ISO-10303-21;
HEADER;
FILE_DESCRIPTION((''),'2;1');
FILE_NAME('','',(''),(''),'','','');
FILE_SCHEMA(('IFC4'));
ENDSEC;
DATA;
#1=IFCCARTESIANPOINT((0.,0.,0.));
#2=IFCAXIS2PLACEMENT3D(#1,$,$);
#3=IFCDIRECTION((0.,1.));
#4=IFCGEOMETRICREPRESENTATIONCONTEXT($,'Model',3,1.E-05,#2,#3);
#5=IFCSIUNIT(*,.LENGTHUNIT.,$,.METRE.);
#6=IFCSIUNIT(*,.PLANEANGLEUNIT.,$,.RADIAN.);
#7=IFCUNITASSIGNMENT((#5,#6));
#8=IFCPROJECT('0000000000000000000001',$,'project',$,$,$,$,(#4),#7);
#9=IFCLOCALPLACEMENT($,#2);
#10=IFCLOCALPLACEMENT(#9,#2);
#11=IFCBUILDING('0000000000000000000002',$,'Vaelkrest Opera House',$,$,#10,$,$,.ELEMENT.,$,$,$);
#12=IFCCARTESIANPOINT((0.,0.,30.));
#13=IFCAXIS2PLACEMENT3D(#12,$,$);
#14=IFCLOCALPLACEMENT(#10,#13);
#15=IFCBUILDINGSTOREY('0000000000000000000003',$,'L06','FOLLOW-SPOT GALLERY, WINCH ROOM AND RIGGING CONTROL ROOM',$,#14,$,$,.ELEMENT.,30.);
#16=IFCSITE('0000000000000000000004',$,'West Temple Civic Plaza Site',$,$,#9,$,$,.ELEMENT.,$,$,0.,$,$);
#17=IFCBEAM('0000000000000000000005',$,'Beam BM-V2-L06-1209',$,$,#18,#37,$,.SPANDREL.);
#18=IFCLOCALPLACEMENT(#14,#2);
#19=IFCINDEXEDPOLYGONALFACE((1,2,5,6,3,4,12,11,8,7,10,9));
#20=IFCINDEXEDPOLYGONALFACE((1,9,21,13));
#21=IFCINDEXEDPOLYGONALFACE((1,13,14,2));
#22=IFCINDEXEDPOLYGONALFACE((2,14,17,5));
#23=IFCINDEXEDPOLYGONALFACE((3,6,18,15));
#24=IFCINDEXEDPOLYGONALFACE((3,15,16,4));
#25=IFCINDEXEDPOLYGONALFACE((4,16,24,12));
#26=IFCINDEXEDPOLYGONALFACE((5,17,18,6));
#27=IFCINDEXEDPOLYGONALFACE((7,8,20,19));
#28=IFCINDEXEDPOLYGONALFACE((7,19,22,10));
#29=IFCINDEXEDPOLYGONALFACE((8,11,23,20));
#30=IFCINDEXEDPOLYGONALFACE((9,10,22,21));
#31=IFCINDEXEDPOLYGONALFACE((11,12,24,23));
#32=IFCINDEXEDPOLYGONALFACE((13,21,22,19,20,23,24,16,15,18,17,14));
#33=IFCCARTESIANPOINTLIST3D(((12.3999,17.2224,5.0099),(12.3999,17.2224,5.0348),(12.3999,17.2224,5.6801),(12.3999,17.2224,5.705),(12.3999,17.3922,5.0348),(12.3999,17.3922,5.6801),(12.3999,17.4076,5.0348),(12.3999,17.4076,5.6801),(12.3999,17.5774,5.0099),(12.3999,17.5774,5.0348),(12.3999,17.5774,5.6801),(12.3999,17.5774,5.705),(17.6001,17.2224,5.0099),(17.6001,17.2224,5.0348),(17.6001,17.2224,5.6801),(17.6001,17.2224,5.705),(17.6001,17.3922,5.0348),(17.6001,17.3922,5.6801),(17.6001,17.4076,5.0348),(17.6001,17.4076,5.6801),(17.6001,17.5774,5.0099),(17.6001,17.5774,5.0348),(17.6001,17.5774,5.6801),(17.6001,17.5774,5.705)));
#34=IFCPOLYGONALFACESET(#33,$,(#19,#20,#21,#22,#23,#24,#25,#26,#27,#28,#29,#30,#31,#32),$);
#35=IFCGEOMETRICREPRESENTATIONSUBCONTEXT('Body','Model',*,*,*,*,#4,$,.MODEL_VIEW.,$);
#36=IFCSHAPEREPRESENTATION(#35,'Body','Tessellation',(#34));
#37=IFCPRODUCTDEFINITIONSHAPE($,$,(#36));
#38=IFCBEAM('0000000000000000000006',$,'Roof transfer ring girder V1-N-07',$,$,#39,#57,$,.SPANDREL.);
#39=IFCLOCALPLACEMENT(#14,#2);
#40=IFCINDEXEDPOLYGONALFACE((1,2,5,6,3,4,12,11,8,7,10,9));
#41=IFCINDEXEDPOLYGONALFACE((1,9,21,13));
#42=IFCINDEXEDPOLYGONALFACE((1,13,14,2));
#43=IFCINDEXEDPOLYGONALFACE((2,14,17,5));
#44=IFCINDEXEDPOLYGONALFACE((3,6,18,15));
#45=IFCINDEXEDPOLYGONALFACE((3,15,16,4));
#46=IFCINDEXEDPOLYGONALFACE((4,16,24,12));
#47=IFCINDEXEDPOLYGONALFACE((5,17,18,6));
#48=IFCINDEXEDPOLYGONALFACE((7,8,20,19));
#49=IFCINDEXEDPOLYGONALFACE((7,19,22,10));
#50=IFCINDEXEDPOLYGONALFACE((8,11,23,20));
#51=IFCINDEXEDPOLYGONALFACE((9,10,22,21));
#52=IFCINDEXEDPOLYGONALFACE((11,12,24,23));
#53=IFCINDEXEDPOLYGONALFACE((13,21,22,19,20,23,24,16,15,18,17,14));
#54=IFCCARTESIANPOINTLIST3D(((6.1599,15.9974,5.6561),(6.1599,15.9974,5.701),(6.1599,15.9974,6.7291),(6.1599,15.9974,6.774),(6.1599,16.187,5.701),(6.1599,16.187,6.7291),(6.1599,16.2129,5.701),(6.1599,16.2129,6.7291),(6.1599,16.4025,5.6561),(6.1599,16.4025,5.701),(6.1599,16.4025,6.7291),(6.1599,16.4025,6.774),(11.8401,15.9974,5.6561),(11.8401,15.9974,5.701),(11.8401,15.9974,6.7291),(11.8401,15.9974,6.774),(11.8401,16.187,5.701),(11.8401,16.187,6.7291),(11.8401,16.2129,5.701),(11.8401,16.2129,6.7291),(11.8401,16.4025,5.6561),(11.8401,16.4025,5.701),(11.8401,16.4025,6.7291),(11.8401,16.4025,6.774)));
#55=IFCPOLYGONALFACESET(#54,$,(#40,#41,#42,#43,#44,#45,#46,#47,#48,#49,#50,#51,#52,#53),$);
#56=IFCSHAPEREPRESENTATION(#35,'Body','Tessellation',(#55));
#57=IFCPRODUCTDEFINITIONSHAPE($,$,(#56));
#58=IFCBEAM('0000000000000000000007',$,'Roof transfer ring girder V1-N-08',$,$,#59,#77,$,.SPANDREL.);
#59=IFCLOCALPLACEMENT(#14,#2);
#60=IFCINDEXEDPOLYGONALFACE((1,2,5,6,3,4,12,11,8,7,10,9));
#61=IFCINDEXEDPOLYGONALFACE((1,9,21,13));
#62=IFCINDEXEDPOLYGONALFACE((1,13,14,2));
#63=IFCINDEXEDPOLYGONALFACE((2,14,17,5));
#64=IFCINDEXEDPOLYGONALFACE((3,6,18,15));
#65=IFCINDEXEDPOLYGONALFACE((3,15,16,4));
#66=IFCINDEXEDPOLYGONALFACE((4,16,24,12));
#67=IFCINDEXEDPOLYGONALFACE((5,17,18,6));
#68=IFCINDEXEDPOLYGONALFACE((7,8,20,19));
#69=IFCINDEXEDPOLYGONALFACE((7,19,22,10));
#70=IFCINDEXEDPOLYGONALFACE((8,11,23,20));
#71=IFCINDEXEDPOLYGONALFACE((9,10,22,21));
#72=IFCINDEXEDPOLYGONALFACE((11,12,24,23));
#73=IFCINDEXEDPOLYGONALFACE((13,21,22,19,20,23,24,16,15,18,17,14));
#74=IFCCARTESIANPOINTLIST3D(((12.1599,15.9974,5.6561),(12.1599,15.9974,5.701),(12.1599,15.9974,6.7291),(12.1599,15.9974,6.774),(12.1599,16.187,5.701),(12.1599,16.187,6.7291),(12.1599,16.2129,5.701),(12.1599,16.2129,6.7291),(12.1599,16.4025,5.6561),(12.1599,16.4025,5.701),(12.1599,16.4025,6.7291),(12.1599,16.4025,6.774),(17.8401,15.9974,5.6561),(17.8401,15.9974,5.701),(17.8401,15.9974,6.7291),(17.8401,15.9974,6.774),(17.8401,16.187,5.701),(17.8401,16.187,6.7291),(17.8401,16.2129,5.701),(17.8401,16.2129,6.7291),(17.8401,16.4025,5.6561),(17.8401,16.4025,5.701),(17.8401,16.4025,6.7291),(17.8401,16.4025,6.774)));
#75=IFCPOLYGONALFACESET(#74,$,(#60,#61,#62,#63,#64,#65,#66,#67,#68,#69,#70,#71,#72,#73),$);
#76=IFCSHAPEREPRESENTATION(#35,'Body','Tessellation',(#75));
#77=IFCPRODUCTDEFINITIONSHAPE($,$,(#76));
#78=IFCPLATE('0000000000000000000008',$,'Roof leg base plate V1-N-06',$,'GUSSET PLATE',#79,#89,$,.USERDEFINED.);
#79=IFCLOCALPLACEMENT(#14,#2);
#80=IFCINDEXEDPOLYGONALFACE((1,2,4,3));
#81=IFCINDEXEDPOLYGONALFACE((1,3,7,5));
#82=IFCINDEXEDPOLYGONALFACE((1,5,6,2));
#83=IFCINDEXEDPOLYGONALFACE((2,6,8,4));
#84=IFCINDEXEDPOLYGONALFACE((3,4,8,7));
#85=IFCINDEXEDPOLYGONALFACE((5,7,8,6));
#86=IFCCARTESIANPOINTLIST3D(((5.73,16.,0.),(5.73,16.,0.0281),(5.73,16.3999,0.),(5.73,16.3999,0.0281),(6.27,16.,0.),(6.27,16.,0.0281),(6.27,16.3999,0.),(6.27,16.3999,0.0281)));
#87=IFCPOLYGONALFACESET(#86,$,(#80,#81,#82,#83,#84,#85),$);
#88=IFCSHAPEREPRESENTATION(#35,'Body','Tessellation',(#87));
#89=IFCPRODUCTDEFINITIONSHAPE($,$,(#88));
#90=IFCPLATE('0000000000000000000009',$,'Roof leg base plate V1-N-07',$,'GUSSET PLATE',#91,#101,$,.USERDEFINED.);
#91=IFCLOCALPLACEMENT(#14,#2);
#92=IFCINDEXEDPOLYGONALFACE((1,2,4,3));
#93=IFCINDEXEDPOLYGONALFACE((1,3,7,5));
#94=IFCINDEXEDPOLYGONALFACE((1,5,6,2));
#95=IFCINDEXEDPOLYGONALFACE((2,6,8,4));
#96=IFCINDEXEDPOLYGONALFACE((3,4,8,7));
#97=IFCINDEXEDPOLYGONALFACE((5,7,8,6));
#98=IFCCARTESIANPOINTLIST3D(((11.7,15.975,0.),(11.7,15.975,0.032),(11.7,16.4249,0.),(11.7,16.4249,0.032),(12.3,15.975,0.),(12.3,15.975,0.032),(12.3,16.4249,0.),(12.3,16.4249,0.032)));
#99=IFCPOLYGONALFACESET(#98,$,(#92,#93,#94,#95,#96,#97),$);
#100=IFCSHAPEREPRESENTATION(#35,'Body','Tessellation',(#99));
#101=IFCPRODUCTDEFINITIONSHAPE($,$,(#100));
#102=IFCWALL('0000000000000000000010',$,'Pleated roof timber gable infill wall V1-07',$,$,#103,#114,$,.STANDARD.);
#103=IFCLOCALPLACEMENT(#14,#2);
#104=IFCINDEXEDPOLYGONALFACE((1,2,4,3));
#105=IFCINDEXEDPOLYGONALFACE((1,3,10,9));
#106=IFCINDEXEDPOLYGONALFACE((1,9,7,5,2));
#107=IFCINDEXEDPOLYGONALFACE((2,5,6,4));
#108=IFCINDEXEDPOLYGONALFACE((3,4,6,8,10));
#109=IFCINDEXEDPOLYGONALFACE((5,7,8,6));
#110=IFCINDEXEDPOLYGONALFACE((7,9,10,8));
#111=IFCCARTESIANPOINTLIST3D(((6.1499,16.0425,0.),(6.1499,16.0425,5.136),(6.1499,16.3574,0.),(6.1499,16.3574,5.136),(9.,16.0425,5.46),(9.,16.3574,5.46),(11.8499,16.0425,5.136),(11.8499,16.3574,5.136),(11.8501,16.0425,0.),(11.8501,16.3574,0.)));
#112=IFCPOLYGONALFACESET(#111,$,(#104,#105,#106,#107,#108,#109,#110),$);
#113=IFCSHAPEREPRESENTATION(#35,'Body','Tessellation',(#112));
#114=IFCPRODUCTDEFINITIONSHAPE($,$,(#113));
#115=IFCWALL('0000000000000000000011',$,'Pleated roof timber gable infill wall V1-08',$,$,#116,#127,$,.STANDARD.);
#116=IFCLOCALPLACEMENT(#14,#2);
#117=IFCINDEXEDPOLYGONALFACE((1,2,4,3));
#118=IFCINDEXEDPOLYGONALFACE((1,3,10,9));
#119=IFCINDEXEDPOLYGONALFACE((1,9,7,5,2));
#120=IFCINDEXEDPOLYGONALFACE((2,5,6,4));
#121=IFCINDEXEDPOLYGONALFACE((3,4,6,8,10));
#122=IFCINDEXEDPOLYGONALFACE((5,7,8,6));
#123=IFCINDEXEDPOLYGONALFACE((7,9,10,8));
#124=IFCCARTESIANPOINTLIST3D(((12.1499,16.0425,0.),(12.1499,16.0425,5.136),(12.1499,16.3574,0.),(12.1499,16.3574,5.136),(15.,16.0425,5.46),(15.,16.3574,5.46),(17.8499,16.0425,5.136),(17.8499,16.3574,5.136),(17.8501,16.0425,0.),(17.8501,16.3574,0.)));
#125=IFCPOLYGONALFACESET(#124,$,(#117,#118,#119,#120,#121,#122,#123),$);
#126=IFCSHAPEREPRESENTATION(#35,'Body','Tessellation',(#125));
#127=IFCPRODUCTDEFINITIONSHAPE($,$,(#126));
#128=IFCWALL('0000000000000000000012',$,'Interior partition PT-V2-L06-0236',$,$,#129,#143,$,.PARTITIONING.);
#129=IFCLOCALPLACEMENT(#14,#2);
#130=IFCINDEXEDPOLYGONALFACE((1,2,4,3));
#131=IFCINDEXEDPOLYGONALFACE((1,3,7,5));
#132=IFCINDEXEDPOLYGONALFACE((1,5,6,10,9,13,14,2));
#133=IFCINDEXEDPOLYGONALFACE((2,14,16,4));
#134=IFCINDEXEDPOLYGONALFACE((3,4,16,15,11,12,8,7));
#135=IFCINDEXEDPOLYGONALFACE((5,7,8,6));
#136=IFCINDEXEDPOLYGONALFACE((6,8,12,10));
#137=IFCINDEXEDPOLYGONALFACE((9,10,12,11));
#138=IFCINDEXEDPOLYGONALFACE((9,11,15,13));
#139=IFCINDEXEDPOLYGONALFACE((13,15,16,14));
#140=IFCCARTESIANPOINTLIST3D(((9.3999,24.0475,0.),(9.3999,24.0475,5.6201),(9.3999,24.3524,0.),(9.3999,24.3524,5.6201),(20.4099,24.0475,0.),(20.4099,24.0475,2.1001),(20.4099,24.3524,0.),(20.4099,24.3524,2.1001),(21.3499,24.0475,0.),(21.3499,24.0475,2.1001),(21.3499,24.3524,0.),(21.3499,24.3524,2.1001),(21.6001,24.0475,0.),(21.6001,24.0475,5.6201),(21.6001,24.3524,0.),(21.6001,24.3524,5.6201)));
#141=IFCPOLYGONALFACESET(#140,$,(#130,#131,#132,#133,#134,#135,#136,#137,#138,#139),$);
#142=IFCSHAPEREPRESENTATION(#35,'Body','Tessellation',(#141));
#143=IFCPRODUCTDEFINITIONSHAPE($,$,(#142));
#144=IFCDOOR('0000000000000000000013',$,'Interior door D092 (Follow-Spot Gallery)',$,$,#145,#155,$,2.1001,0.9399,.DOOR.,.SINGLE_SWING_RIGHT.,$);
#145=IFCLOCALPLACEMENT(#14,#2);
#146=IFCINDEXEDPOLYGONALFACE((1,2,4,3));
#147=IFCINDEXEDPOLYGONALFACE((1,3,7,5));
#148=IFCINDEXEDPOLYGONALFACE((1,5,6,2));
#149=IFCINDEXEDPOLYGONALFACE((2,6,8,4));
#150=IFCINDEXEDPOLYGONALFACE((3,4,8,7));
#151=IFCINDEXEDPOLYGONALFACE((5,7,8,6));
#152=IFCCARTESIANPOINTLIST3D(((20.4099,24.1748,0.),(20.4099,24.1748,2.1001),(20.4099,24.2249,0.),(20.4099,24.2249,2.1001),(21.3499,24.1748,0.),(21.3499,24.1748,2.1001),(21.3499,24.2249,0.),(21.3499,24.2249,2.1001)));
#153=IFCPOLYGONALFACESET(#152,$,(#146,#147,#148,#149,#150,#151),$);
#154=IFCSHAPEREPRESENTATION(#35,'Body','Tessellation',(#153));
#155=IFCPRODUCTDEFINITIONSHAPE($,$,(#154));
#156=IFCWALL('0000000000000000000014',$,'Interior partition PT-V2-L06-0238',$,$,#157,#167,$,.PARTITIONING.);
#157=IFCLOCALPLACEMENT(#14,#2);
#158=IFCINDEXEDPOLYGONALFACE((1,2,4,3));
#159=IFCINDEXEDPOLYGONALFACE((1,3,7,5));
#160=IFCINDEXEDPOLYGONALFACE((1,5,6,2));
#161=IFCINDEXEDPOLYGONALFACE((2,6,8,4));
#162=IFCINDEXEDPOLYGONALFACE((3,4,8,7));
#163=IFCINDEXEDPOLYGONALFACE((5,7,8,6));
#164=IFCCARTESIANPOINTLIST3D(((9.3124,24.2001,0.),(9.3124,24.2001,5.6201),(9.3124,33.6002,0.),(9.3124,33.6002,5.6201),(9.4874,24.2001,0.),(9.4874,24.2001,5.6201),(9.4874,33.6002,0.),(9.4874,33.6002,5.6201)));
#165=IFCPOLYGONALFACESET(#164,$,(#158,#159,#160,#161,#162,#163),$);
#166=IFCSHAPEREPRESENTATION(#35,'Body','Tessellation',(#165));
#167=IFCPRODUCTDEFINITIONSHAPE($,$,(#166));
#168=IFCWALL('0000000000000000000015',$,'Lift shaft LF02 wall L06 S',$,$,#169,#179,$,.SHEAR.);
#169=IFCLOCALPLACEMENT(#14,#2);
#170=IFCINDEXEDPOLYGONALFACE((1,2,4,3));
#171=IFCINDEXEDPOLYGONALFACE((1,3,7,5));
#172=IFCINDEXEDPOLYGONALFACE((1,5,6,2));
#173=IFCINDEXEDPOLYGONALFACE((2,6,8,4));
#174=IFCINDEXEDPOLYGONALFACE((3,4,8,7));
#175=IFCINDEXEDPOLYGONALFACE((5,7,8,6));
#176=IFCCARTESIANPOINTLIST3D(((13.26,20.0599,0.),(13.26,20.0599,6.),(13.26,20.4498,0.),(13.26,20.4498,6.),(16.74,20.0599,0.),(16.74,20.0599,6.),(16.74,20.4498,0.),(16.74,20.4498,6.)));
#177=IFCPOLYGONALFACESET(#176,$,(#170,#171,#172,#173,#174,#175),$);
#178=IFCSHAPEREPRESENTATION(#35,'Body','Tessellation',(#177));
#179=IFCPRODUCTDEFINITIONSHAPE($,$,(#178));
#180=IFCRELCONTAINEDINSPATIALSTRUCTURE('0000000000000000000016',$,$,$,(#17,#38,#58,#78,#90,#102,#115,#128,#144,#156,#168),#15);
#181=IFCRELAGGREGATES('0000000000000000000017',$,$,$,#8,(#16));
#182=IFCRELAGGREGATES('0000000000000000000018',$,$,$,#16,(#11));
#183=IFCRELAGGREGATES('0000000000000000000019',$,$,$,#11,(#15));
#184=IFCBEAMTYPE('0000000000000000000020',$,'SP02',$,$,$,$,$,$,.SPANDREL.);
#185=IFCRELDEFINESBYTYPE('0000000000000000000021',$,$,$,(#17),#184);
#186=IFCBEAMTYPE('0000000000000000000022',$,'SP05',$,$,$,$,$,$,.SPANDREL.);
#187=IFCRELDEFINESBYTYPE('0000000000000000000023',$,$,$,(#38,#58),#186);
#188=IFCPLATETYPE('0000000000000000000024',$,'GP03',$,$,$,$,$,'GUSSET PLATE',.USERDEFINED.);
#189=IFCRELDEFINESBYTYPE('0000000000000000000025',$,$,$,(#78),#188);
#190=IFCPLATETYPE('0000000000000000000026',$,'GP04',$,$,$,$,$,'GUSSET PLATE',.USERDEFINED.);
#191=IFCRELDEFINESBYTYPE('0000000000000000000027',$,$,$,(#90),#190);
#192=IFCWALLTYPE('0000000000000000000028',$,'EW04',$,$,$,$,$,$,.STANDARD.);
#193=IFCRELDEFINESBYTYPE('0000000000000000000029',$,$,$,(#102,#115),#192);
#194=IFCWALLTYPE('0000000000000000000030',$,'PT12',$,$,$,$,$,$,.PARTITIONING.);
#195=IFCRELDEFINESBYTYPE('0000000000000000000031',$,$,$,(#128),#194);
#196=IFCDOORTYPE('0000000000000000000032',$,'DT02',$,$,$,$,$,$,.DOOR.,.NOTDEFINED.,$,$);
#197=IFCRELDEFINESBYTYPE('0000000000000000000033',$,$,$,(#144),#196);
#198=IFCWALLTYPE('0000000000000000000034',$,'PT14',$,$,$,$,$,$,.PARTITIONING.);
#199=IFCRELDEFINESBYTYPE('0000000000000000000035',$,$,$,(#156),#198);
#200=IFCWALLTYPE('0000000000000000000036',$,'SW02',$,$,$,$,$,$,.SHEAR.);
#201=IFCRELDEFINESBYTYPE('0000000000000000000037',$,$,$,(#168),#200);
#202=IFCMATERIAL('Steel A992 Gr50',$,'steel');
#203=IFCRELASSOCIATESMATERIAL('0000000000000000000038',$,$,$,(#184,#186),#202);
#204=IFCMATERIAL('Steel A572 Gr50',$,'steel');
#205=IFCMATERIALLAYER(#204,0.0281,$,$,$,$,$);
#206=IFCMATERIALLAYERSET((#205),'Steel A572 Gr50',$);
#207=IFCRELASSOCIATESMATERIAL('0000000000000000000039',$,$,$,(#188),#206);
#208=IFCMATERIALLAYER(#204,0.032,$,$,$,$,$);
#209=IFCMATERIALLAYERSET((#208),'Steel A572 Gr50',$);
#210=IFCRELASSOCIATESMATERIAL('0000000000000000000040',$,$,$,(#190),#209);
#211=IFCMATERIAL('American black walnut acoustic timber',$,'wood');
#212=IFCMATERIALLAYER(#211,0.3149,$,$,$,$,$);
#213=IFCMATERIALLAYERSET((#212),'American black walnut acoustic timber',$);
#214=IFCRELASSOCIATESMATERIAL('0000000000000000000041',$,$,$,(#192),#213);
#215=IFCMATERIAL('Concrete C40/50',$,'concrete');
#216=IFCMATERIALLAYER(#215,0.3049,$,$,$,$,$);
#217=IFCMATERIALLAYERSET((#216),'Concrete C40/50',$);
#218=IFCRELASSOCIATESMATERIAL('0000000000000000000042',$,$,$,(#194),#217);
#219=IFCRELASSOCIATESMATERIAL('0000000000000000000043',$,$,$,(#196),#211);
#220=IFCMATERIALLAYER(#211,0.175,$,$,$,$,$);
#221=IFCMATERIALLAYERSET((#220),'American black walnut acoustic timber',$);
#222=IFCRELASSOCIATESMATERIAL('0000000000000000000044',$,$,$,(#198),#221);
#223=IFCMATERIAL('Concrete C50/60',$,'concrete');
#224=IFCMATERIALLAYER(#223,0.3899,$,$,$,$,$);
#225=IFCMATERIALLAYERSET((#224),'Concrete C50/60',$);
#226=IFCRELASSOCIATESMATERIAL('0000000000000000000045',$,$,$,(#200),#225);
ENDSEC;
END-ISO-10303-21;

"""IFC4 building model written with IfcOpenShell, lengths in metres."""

from ifc_helpers import new_model, si_unit, direction, frame, frame_2d, origin, origin_2d, place, context, subcontext, project, spatial, polyline, rectangle, i_section, outline, extrude, material, layer, layer_set, material_profile, profile_set, type_object, element, fill, save


model = new_model("IFC4")

# Units and contexts
model_context = context("Model", 3, precision=1e-05, world=origin(), true_north=direction((0.0, 1.0)))
body_context = subcontext(model_context, "Body", "Model", "MODEL_VIEW")
ifc_project = project(units=[si_unit("LENGTHUNIT", "METRE"), si_unit("PLANEANGLEUNIT", "RADIAN")], contexts=[model_context])

# Site, building, storey
site_placement = place(None, origin())
site = spatial("IfcSite", under=ifc_project, at=site_placement, Name="West Temple Civic Plaza Site", CompositionType="ELEMENT", RefElevation=0.0)
building_placement = place(site_placement, origin())
building = spatial("IfcBuilding", under=site, at=building_placement, Name="Vaelkrest Opera House", CompositionType="ELEMENT")
storey_placement = place(building_placement, frame((0.0, 0.0, 30.0)))
storey = spatial("IfcBuildingStorey", under=building, at=storey_placement, Name="L06", Description="FOLLOW-SPOT GALLERY, WINCH ROOM AND RIGGING CONTROL ROOM", CompositionType="ELEMENT", Elevation=30.0)

# Shared definitions
ifc_material_1 = material(Name="Concrete C50/60", Category="concrete")

# Beams
ifc_material_2 = material(Name="Steel A992 Gr50", Category="steel")
ifc_material_profile_1 = material_profile(ifc_material_2, i_section(OverallWidth=0.355, OverallDepth=0.6951, WebThickness=0.0154, FlangeThickness=0.0249, at=origin_2d()), Name="W27X146")
ifc_profile_set_1 = profile_set([ifc_material_profile_1], Name="Steel A992 Gr50")
beam_type_1 = type_object("IfcBeamType", Name="SP02", PredefinedType="SPANDREL", material=ifc_profile_set_1)
beam_1_placement = place(storey_placement, frame((12.3999, 17.3999, 5.3574), z_axis=(1.0, 0.0, 0.0), x_axis=(0.0, 1.0, 0.0)))
element("IfcBeam", 1, at=beam_1_placement, inside=storey, type_object=beam_type_1, Name="Beam BM-V2-L06-1209", PredefinedType="SPANDREL", context=body_context, shape_type="SweptSolid", body=[
    extrude(i_section(OverallWidth=0.355, OverallDepth=0.6951, WebThickness=0.0154, FlangeThickness=0.0249, at=origin_2d()), origin(), (0.0, 0.0, 1.0), 5.2002),
])
ifc_material_profile_2 = material_profile(ifc_material_2, i_section(OverallWidth=0.405, OverallDepth=1.1179, WebThickness=0.0259, FlangeThickness=0.0449, at=origin_2d()), Name="W44X335")
ifc_profile_set_2 = profile_set([ifc_material_profile_2], Name="Steel A992 Gr50")
beam_type_2 = type_object("IfcBeamType", Name="SP05", PredefinedType="SPANDREL", material=ifc_profile_set_2)
for number, where, z_axis, x_axis, name in (
    (2, (6.1599, 16.2, 6.2151), (1.0, 0.0, 0.0), (0.0, 1.0, 0.0), "Roof transfer ring girder V1-N-07"),
    (3, (12.1599, 16.2, 6.2151), (1.0, 0.0, 0.0), (0.0, 1.0, 0.0), "Roof transfer ring girder V1-N-08"),
):
    element("IfcBeam", number, at=place(storey_placement, frame(where, z_axis=z_axis, x_axis=x_axis)), inside=storey, type_object=beam_type_2, Name=name, PredefinedType="SPANDREL", context=body_context, shape_type="SweptSolid", body=[
        extrude(i_section(OverallWidth=0.405, OverallDepth=1.1179, WebThickness=0.0259, FlangeThickness=0.0449, at=origin_2d()), origin(), (0.0, 0.0, 1.0), 5.6802),
    ])

# Plates
ifc_material_3 = material(Name="Steel A572 Gr50", Category="steel")
ifc_layer_1 = layer(ifc_material_3, 0.0281)
ifc_layer_set_1 = layer_set([ifc_layer_1], Name="Steel A572 Gr50")
plate_type_1 = type_object("IfcPlateType", Name="GP03", ElementType="GUSSET PLATE", PredefinedType="USERDEFINED", material=ifc_layer_set_1)
plate_1_placement = place(storey_placement, frame((6.0, 16.2, 0.0), z_axis=(0.0, 0.0, 1.0), x_axis=(1.0, 0.0, 0.0)))
element("IfcPlate", 4, at=plate_1_placement, inside=storey, type_object=plate_type_1, Name="Roof leg base plate V1-N-06", ObjectType="GUSSET PLATE", PredefinedType="USERDEFINED", context=body_context, shape_type="SweptSolid", body=[
    extrude(rectangle(XDim=0.54, YDim=0.3999, at=origin_2d()), origin(), (0.0, 0.0, 1.0), 0.0281),
])
ifc_layer_2 = layer(ifc_material_3, 0.032)
ifc_layer_set_2 = layer_set([ifc_layer_2], Name="Steel A572 Gr50")
plate_type_2 = type_object("IfcPlateType", Name="GP04", ElementType="GUSSET PLATE", PredefinedType="USERDEFINED", material=ifc_layer_set_2)
plate_2_placement = place(storey_placement, frame((12.0, 16.2, 0.0), z_axis=(0.0, 0.0, 1.0), x_axis=(1.0, 0.0, 0.0)))
element("IfcPlate", 5, at=plate_2_placement, inside=storey, type_object=plate_type_2, Name="Roof leg base plate V1-N-07", ObjectType="GUSSET PLATE", PredefinedType="USERDEFINED", context=body_context, shape_type="SweptSolid", body=[
    extrude(rectangle(XDim=0.6001, YDim=0.45, at=origin_2d()), origin(), (0.0, 0.0, 1.0), 0.032),
])

# Walls
ifc_material_4 = material(Name="American black walnut acoustic timber", Category="wood")
ifc_layer_3 = layer(ifc_material_4, 0.3149)
ifc_layer_set_3 = layer_set([ifc_layer_3], Name="American black walnut acoustic timber")
wall_type_1 = type_object("IfcWallType", Name="EW04", PredefinedType="STANDARD", material=ifc_layer_set_3)
for number, where, z_axis, x_axis, name in (
    (6, (6.1499, 16.2, 0.0), (0.0, 0.0, 1.0), (1.0, 0.0, 0.0), "Pleated roof timber gable infill wall V1-07"),
    (7, (12.1499, 16.2, 0.0), (0.0, 0.0, 1.0), (1.0, 0.0, 0.0), "Pleated roof timber gable infill wall V1-08"),
):
    element("IfcWall", number, at=place(storey_placement, frame(where, z_axis=z_axis, x_axis=x_axis)), inside=storey, type_object=wall_type_1, Name=name, PredefinedType="STANDARD", context=body_context, shape_type="SweptSolid", body=[
        extrude(outline(polyline([(0.0, 0.0), (5.7002, 0.0), (5.7, 5.136), (2.8501, 5.46), (0.0, 5.136), (0.0, 0.0)])), frame((0.0, 0.1575, 0.0), z_axis=(0.0, -1.0, 0.0), x_axis=(1.0, 0.0, 0.0)), (0.0, 0.0, 1.0), 0.3149),
    ])

# Wall, opening, door
ifc_material_5 = material(Name="Concrete C40/50", Category="concrete")
ifc_layer_4 = layer(ifc_material_5, 0.3049)
ifc_layer_set_4 = layer_set([ifc_layer_4], Name="Concrete C40/50")
wall_type_2 = type_object("IfcWallType", Name="PT12", PredefinedType="PARTITIONING", material=ifc_layer_set_4)
wall_1_placement = place(storey_placement, frame((9.3999, 24.2, 0.0), z_axis=(0.0, 0.0, 1.0), x_axis=(1.0, 0.0, 0.0)))
wall_1 = element("IfcWall", 8, at=wall_1_placement, inside=storey, type_object=wall_type_2, Name="Interior partition PT-V2-L06-0236", PredefinedType="PARTITIONING", context=body_context, shape_type="SweptSolid", body=[
    extrude(rectangle(XDim=12.2002, YDim=0.3049, at=frame_2d((6.1001, 0.0))), origin(), (0.0, 0.0, 1.0), 5.6201),
])
opening_1_placement = place(wall_1_placement, frame((11.01, 0.0, 0.0)))
opening_1 = element("IfcOpeningElement", 9, at=opening_1_placement, cuts=wall_1, PredefinedType="OPENING", context=body_context, shape_type="SweptSolid", body=[
    extrude(rectangle(XDim=0.9399, YDim=2.1001, at=frame_2d((0.47, 1.05))), frame((0.0, 0.1624, 0.0), z_axis=(0.0, -1.0, 0.0), x_axis=(1.0, 0.0, 0.0)), (0.0, 0.0, 1.0), 0.325),
])
door_type_1 = type_object("IfcDoorType", Name="DT02", OperationType="NOTDEFINED", PredefinedType="DOOR", material=ifc_material_4)
door_1_placement = place(opening_1_placement, origin())
door_1 = element("IfcDoor", 10, at=door_1_placement, inside=storey, type_object=door_type_1, Name="Interior door D092 (Follow-Spot Gallery)", OperationType="SINGLE_SWING_RIGHT", OverallHeight=2.1001, OverallWidth=0.9399, PredefinedType="DOOR", context=body_context, shape_type="SweptSolid", body=[
    extrude(rectangle(XDim=0.9399, YDim=2.1001, at=frame_2d((0.47, 1.05))), frame((0.0, 0.0249, 0.0), z_axis=(0.0, -1.0, 0.0), x_axis=(1.0, 0.0, 0.0)), (0.0, 0.0, 1.0), 0.05),
])
fill(opening_1, door_1)

# Walls
ifc_layer_5 = layer(ifc_material_4, 0.175)
ifc_layer_set_5 = layer_set([ifc_layer_5], Name="American black walnut acoustic timber")
wall_type_3 = type_object("IfcWallType", Name="PT14", PredefinedType="PARTITIONING", material=ifc_layer_set_5)
wall_2_placement = place(storey_placement, frame((9.3999, 24.2, 0.0), z_axis=(0.0, 0.0, 1.0), x_axis=(0.0, 1.0, 0.0)))
element("IfcWall", 11, at=wall_2_placement, inside=storey, type_object=wall_type_3, Name="Interior partition PT-V2-L06-0238", PredefinedType="PARTITIONING", context=body_context, shape_type="SweptSolid", body=[
    extrude(rectangle(XDim=9.4001, YDim=0.175, at=frame_2d((4.7002, 0.0))), origin(), (0.0, 0.0, 1.0), 5.6201),
])
ifc_layer_6 = layer(ifc_material_1, 0.3899)
ifc_layer_set_6 = layer_set([ifc_layer_6], Name="Concrete C50/60")
wall_type_4 = type_object("IfcWallType", Name="SW02", PredefinedType="SHEAR", material=ifc_layer_set_6)
wall_3_placement = place(storey_placement, frame((16.74, 20.2549, 0.0), z_axis=(0.0, 0.0, 1.0), x_axis=(-1.0, 0.0, 0.0)))
element("IfcWall", 12, at=wall_3_placement, inside=storey, type_object=wall_type_4, Name="Lift shaft LF02 wall L06 S", PredefinedType="SHEAR", context=body_context, shape_type="SweptSolid", body=[
    extrude(rectangle(XDim=3.48, YDim=0.3899, at=frame_2d((1.74, 0.0))), origin(), (0.0, 0.0, 1.0), 6.0),
])

save(model, "model.ifc")
